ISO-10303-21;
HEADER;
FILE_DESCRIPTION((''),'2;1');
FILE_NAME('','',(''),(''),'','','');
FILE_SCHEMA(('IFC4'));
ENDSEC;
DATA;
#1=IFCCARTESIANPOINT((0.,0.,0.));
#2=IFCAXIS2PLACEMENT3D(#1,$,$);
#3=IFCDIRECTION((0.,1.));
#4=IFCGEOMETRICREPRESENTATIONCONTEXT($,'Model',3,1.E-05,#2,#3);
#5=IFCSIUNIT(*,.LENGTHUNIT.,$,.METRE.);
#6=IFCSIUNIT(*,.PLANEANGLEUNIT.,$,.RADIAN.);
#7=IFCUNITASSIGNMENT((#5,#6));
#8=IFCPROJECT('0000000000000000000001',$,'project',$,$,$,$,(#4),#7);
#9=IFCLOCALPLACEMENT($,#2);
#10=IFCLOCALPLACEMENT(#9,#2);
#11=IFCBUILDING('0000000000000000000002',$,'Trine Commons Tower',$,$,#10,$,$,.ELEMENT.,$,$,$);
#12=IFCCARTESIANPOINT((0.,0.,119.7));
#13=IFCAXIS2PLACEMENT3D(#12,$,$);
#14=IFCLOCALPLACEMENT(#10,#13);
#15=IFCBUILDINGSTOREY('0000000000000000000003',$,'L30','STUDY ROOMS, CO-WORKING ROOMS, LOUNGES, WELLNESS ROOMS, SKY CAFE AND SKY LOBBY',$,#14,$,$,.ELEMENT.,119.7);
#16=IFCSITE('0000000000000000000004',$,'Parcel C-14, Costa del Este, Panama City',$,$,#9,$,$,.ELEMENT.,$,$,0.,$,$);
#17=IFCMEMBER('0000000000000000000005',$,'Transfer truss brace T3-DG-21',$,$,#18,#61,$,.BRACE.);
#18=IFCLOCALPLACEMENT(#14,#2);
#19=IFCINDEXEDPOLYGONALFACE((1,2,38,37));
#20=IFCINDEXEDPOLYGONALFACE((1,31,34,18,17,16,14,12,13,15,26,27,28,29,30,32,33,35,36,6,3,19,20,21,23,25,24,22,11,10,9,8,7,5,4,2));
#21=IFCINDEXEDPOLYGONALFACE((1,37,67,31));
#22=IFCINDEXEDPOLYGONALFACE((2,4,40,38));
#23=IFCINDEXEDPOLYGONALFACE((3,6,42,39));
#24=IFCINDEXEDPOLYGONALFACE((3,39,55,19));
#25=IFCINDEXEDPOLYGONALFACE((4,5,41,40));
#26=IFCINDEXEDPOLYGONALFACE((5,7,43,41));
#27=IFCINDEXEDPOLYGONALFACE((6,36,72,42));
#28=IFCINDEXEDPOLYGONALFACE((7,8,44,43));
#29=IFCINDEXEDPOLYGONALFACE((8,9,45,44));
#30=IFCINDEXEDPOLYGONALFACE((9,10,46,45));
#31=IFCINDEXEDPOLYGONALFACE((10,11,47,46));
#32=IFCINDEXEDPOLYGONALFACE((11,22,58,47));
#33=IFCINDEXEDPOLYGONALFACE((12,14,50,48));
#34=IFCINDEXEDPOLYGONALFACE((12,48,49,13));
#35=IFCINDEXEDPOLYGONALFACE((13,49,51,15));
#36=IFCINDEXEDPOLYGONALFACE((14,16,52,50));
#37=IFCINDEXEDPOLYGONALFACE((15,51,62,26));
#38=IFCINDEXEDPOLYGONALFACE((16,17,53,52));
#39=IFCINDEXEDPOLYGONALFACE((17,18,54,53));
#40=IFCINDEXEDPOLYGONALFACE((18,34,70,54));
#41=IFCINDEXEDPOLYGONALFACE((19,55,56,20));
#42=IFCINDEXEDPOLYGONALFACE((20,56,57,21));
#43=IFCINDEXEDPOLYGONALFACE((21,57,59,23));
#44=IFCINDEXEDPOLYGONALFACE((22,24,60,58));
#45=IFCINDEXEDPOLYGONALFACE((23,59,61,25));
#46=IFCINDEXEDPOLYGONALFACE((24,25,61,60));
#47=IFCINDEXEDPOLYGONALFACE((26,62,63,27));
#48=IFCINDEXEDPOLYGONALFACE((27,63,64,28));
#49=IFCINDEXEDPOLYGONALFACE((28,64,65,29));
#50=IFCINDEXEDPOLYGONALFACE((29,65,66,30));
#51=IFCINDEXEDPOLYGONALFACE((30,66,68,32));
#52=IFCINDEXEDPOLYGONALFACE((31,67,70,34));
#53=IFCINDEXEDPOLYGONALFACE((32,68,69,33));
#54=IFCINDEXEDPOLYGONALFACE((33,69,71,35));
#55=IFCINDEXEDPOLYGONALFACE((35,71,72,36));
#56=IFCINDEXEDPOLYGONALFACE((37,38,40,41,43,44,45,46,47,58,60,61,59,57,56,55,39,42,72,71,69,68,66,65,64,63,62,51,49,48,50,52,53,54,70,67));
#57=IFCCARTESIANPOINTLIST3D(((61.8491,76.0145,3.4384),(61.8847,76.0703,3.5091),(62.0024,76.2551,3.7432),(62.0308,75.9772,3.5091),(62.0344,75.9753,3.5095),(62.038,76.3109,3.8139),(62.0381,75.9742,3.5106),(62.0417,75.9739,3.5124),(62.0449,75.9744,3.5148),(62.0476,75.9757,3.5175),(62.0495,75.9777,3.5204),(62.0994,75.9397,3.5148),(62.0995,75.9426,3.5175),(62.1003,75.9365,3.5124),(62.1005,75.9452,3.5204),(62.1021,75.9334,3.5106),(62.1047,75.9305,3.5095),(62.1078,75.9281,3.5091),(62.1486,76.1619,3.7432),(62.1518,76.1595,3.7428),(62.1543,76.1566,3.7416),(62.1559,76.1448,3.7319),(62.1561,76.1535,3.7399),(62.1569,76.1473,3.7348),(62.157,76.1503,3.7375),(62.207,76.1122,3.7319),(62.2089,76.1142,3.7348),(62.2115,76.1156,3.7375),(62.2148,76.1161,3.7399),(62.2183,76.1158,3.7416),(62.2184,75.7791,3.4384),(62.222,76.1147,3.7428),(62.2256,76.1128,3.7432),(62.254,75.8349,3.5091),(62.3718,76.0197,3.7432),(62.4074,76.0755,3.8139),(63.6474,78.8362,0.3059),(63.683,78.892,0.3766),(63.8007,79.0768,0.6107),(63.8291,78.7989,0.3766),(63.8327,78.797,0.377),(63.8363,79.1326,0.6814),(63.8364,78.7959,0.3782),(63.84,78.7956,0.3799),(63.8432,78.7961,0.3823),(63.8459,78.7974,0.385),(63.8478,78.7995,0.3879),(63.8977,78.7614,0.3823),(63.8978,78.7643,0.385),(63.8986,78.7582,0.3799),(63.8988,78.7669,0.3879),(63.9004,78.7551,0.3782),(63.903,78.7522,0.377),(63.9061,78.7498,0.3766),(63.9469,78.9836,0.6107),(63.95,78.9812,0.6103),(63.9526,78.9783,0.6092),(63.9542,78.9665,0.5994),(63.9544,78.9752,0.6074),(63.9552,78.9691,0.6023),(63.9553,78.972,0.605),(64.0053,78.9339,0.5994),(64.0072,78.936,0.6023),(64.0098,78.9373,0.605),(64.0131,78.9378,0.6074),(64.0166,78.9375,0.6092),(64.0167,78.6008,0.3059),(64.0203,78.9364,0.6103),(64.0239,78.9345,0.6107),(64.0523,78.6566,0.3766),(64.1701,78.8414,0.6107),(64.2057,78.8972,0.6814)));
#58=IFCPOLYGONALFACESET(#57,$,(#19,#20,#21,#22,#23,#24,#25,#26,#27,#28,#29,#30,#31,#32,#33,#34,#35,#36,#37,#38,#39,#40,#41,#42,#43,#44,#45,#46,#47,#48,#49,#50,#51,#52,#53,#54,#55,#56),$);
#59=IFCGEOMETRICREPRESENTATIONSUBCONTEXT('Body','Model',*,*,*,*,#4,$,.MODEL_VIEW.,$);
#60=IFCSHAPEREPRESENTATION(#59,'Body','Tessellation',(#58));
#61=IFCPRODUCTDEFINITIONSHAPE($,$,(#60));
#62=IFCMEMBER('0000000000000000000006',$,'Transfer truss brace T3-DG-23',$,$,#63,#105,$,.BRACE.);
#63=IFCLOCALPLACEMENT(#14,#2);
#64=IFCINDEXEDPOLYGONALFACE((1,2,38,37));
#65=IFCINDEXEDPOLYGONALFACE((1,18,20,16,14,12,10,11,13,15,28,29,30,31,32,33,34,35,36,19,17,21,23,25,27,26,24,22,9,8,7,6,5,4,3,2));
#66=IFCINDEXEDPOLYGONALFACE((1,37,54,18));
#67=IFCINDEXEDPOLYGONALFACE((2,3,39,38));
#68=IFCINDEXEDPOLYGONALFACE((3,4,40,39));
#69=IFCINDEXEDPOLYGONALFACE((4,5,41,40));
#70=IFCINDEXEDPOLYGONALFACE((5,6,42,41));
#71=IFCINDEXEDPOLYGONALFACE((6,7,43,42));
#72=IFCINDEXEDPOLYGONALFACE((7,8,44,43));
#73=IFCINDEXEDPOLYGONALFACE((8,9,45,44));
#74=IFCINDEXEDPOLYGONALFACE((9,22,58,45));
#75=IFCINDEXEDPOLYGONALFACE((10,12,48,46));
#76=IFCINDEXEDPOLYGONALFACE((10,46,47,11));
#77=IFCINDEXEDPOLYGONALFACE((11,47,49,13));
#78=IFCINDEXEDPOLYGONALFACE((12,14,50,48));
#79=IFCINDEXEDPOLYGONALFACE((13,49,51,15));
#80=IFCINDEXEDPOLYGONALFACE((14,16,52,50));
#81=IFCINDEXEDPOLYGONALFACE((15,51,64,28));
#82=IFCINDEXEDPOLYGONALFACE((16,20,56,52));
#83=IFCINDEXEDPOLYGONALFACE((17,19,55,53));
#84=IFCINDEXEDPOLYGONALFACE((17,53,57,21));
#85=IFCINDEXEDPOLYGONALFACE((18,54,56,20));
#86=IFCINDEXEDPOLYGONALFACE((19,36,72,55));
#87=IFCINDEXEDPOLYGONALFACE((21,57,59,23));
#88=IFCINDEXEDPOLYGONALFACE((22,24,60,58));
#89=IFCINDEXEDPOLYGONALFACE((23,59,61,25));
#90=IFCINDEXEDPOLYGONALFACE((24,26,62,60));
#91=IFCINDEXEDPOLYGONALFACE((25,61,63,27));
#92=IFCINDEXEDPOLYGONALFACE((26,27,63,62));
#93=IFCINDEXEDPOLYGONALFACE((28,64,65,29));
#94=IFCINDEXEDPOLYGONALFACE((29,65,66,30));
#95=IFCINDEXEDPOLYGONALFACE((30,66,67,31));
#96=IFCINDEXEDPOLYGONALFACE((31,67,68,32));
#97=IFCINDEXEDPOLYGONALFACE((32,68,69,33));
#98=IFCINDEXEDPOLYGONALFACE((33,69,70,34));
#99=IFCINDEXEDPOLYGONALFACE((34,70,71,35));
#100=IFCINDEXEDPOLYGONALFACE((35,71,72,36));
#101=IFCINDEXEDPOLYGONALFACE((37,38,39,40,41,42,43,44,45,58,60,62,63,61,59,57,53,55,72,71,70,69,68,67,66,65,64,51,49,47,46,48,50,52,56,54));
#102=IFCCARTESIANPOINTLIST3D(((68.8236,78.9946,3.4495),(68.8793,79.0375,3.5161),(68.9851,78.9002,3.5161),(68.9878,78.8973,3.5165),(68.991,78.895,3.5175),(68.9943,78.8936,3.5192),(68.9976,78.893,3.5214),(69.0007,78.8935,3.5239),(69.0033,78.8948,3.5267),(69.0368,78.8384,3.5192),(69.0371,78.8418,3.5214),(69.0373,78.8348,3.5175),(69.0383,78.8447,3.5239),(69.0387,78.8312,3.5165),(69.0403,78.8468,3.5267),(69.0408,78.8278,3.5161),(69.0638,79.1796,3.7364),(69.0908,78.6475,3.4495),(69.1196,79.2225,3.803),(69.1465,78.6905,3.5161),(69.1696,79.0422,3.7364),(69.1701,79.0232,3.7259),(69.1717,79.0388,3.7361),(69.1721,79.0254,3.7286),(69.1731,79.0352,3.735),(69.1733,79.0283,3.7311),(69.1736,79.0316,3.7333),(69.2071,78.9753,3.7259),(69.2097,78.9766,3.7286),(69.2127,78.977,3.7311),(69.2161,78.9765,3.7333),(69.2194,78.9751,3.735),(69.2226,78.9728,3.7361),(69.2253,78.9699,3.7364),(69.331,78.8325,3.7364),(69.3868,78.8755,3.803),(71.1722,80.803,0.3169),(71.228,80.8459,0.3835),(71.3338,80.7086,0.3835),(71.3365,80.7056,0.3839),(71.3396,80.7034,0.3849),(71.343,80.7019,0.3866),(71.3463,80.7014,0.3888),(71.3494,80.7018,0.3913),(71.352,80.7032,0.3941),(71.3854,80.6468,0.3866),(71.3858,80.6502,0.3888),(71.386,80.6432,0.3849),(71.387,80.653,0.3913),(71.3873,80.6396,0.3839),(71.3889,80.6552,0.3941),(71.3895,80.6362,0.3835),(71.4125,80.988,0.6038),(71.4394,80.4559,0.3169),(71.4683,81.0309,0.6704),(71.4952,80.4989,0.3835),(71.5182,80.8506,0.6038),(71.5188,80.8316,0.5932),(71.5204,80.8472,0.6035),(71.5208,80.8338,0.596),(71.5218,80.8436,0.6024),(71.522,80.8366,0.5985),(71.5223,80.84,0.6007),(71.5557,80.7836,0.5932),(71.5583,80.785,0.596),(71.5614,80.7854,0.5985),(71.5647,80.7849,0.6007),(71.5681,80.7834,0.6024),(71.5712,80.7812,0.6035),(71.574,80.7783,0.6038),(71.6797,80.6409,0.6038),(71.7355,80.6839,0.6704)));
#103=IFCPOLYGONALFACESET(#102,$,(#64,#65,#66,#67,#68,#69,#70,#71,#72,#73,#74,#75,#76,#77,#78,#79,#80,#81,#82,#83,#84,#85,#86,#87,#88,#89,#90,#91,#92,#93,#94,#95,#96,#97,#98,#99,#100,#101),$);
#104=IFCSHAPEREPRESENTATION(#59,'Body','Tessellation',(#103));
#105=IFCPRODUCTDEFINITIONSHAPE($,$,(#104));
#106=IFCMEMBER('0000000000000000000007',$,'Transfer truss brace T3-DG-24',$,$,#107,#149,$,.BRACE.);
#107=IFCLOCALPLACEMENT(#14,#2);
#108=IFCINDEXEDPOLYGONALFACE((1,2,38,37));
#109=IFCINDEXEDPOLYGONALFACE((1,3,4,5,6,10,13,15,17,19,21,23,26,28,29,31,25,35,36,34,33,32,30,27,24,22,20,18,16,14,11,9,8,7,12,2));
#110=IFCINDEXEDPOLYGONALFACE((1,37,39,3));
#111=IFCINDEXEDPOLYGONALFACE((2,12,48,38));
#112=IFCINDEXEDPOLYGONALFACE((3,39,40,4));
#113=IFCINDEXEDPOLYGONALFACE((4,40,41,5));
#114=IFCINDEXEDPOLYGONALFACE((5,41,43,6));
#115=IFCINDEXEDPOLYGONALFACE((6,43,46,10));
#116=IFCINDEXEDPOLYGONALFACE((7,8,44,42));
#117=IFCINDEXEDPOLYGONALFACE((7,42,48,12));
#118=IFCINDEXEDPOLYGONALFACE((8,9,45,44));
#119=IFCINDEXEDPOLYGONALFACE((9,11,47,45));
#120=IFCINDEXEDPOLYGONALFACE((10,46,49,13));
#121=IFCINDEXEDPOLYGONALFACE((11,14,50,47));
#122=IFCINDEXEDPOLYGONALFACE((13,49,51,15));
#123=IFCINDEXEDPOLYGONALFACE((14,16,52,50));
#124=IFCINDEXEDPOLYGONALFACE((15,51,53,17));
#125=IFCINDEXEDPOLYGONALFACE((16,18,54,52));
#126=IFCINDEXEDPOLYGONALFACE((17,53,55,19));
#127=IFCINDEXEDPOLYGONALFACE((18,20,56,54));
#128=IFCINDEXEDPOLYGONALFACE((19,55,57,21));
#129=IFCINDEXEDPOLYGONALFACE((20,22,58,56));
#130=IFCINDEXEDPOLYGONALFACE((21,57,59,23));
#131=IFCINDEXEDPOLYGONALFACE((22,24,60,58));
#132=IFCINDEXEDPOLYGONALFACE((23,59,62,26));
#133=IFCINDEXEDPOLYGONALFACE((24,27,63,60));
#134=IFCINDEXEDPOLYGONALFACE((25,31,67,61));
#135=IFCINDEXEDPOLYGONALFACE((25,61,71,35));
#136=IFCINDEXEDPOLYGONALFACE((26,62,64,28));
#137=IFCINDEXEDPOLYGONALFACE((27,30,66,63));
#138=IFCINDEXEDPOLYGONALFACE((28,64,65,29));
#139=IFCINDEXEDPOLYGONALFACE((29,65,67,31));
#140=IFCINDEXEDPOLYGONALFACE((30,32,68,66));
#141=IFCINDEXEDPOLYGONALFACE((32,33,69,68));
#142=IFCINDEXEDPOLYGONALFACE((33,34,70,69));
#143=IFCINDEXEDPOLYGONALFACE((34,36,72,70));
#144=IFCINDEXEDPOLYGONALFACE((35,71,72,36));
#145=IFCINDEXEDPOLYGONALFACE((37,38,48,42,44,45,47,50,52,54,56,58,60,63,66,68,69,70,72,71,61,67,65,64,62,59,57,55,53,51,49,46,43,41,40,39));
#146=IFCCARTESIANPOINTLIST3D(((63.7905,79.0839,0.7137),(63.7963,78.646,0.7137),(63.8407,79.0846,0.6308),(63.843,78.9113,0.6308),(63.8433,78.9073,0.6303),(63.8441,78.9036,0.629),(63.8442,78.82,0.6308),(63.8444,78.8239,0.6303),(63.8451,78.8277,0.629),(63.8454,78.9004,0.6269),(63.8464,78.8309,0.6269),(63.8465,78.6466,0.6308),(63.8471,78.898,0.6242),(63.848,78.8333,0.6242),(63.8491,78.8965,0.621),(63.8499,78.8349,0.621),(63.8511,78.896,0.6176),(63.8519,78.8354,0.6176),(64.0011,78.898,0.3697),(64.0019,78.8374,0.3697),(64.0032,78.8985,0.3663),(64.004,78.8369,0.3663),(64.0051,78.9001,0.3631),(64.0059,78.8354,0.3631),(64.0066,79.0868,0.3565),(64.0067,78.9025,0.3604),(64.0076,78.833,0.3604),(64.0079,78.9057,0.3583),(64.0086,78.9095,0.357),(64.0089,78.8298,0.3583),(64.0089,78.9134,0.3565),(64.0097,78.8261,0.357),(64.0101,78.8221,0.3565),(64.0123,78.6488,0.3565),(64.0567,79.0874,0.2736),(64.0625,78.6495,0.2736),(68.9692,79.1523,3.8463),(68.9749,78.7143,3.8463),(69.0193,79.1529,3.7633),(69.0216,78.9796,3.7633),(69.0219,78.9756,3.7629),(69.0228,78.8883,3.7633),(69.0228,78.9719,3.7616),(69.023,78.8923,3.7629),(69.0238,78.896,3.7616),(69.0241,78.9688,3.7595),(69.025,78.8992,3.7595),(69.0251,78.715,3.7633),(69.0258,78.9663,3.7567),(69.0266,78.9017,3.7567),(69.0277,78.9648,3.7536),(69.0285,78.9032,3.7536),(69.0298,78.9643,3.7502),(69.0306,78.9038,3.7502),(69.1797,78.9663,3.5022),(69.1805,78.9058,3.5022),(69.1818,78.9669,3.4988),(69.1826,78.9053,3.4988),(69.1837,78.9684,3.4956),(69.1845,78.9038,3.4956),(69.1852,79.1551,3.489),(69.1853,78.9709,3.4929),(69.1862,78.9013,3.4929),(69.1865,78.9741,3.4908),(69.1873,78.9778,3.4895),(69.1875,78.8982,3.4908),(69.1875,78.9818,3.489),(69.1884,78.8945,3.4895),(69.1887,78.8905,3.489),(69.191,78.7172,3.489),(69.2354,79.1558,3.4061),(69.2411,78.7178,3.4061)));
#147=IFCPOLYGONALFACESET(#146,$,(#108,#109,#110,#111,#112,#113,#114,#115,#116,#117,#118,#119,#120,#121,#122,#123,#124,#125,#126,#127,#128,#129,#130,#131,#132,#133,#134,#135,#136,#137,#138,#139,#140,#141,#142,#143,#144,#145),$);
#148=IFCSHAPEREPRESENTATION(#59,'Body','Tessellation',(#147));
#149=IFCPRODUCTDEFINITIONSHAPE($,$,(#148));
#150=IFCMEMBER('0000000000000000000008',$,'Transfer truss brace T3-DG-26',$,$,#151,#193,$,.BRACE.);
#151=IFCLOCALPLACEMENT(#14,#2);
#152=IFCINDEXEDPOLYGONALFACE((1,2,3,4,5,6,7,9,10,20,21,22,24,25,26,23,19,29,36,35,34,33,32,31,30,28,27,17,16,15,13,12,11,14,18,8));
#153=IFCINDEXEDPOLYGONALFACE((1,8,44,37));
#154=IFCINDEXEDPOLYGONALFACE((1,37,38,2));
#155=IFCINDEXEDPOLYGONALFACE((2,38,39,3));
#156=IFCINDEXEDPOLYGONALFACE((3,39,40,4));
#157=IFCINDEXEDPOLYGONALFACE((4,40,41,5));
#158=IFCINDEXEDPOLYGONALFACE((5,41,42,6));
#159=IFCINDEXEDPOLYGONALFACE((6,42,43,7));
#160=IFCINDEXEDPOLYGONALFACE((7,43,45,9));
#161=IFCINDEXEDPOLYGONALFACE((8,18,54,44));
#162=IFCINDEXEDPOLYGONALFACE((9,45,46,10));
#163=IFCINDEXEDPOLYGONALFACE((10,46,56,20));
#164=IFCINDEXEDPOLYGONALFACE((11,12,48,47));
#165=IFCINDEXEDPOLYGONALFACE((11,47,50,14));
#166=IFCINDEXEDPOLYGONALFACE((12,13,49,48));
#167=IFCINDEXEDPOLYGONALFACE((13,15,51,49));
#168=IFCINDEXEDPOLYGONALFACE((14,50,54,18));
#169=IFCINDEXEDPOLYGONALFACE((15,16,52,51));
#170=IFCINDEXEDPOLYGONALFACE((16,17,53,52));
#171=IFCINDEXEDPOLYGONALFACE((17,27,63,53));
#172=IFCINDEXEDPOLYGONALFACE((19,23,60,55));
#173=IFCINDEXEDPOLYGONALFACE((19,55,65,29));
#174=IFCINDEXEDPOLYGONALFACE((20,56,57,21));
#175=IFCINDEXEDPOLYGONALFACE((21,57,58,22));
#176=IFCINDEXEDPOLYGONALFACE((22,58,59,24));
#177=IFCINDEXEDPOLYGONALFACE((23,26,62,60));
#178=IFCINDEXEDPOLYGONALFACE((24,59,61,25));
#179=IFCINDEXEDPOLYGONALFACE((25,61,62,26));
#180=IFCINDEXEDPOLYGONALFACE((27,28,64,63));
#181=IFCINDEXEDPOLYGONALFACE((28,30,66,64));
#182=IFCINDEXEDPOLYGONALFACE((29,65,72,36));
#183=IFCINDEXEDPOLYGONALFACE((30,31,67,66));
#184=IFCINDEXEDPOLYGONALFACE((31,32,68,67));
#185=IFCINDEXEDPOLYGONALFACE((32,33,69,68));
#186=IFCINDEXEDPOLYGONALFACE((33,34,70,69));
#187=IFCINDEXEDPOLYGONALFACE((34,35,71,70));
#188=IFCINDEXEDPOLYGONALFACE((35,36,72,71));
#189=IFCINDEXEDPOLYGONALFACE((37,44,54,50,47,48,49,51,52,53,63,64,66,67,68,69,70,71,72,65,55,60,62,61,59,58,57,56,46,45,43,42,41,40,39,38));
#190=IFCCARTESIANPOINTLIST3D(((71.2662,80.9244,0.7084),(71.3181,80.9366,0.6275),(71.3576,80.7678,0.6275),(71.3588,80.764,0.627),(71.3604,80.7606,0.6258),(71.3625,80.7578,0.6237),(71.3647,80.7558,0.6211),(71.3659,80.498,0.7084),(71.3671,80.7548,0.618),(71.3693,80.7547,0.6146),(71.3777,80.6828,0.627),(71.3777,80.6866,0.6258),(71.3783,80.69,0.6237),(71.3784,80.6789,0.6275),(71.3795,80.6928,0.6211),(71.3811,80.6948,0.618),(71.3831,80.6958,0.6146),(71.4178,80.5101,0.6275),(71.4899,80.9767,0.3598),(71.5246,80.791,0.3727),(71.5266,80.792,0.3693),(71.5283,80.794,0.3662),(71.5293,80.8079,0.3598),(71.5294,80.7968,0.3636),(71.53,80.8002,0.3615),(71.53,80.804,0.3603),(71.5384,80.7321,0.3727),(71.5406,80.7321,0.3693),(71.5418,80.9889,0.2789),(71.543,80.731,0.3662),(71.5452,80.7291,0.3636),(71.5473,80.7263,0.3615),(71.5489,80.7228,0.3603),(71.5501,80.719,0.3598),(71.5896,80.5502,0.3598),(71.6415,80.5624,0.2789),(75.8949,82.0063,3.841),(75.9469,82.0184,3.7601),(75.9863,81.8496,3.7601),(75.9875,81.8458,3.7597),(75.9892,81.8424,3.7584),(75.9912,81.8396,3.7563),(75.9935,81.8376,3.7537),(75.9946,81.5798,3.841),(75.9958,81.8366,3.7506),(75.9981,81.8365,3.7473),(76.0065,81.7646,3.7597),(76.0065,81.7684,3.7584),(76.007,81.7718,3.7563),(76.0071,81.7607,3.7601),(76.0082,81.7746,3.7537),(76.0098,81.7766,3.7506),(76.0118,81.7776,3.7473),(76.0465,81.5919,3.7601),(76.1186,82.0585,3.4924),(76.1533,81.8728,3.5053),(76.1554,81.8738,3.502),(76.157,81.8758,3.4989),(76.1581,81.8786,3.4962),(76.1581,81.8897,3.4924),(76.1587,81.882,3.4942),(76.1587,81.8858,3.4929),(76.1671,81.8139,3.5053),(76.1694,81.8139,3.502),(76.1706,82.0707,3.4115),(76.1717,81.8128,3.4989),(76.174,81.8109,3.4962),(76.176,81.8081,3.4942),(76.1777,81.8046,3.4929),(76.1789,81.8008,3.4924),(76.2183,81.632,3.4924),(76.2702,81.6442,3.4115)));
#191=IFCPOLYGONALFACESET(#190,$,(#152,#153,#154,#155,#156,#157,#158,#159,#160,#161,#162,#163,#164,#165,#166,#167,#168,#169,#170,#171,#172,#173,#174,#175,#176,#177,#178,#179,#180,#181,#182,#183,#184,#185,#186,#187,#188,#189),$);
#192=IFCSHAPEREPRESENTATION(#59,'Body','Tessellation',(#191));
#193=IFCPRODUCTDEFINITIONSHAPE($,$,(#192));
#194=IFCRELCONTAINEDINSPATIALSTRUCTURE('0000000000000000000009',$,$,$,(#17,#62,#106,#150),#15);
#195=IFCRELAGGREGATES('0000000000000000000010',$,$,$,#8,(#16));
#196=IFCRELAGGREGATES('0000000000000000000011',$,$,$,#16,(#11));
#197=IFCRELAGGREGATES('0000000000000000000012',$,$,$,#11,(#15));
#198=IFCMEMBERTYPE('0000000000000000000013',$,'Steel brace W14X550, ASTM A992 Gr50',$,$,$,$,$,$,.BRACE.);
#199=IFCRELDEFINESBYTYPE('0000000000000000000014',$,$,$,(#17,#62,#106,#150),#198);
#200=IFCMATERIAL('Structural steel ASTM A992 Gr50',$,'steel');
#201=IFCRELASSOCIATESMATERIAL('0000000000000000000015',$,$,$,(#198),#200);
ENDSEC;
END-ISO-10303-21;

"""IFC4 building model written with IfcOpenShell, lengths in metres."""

from ifc_helpers import new_model, si_unit, direction, frame, origin, origin_2d, place, context, subcontext, project, spatial, i_section, extrude, material, material_profile, profile_set, type_object, element, save


model = new_model("IFC4")

# Units and contexts
model_context = context("Model", 3, precision=1e-05, world=origin(), true_north=direction((0.0, 1.0)))
body_context = subcontext(model_context, "Body", "Model", "MODEL_VIEW")
ifc_project = project(units=[si_unit("LENGTHUNIT", "METRE"), si_unit("PLANEANGLEUNIT", "RADIAN")], contexts=[model_context])

# Site, building, storey
site_placement = place(None, origin())
site = spatial("IfcSite", under=ifc_project, at=site_placement, Name="Parcel C-14, Costa del Este, Panama City", CompositionType="ELEMENT", RefElevation=0.0)
building_placement = place(site_placement, origin())
building = spatial("IfcBuilding", under=site, at=building_placement, Name="Trine Commons Tower", CompositionType="ELEMENT")
storey_placement = place(building_placement, frame((0.0, 0.0, 119.7)))
storey = spatial("IfcBuildingStorey", under=building, at=storey_placement, Name="L30", Description="STUDY ROOMS, CO-WORKING ROOMS, LOUNGES, WELLNESS ROOMS, SKY CAFE AND SKY LOBBY", CompositionType="ELEMENT", Elevation=119.7)

# Members
ifc_material_1 = material(Name="Structural steel ASTM A992 Gr50", Category="steel")
ifc_material_profile_1 = material_profile(ifc_material_1, i_section(OverallWidth=0.438, OverallDepth=0.5144, WebThickness=0.0605, FlangeThickness=0.0969, FilletRadius=0.0154, at=origin_2d()), Name="W14X550")
ifc_profile_set_1 = profile_set([ifc_material_profile_1], Name="Structural steel ASTM A992 Gr50")
member_type_1 = type_object("IfcMemberType", Name="Steel brace W14X550, ASTM A992 Gr50", PredefinedType="BRACE", material=ifc_profile_set_1)
member_1_placement = place(storey_placement, frame((63.9265, 78.8667, 0.4937), z_axis=(-0.392342, -0.615624, 0.683429), x_axis=(0.843301, -0.537442, 0.0)))
element("IfcMember", 1, at=member_1_placement, inside=storey, type_object=member_type_1, Name="Transfer truss brace T3-DG-21", PredefinedType="BRACE", context=body_context, shape_type="SweptSolid", body=[
    extrude(i_section(OverallWidth=0.438, OverallDepth=0.5144, WebThickness=0.0605, FlangeThickness=0.0969, FilletRadius=0.0154, at=origin_2d()), origin(), (0.0, 0.0, 1.0), 4.5835),
])
member_2_placement = place(storey_placement, frame((71.4539, 80.7434, 0.4937), z_axis=(-0.544588, -0.41931, 0.726363), x_axis=(0.610073, -0.792345, 0.0)))
element("IfcMember", 2, at=member_2_placement, inside=storey, type_object=member_type_1, Name="Transfer truss brace T3-DG-23", PredefinedType="BRACE", context=body_context, shape_type="SweptSolid", body=[
    extrude(i_section(OverallWidth=0.438, OverallDepth=0.5144, WebThickness=0.0605, FlangeThickness=0.0969, FilletRadius=0.0154, at=origin_2d()), origin(), (0.0, 0.0, 1.0), 4.3127),
])
member_3_placement = place(storey_placement, frame((63.9265, 78.8667, 0.4937), z_axis=(0.855586, 0.011294, 0.517538), x_axis=(-0.013199, 0.999913, 0.0)))
element("IfcMember", 3, at=member_3_placement, inside=storey, type_object=member_type_1, Name="Transfer truss brace T3-DG-24", PredefinedType="BRACE", context=body_context, shape_type="SweptSolid", body=[
    extrude(i_section(OverallWidth=0.438, OverallDepth=0.5144, WebThickness=0.0605, FlangeThickness=0.0969, FilletRadius=0.0154, at=origin_2d()), origin(), (0.0, 0.0, 1.0), 6.0527),
])
member_4_placement = place(storey_placement, frame((71.4539, 80.7434, 0.4937), z_axis=(0.813076, 0.190028, 0.55027), x_axis=(-0.227582, 0.973759, 0.0)))
element("IfcMember", 4, at=member_4_placement, inside=storey, type_object=member_type_1, Name="Transfer truss brace T3-DG-26", PredefinedType="BRACE", context=body_context, shape_type="SweptSolid", body=[
    extrude(i_section(OverallWidth=0.438, OverallDepth=0.5144, WebThickness=0.0605, FlangeThickness=0.0969, FilletRadius=0.0154, at=origin_2d()), origin(), (0.0, 0.0, 1.0), 5.6929),
])

save(model, "model.ifc")
